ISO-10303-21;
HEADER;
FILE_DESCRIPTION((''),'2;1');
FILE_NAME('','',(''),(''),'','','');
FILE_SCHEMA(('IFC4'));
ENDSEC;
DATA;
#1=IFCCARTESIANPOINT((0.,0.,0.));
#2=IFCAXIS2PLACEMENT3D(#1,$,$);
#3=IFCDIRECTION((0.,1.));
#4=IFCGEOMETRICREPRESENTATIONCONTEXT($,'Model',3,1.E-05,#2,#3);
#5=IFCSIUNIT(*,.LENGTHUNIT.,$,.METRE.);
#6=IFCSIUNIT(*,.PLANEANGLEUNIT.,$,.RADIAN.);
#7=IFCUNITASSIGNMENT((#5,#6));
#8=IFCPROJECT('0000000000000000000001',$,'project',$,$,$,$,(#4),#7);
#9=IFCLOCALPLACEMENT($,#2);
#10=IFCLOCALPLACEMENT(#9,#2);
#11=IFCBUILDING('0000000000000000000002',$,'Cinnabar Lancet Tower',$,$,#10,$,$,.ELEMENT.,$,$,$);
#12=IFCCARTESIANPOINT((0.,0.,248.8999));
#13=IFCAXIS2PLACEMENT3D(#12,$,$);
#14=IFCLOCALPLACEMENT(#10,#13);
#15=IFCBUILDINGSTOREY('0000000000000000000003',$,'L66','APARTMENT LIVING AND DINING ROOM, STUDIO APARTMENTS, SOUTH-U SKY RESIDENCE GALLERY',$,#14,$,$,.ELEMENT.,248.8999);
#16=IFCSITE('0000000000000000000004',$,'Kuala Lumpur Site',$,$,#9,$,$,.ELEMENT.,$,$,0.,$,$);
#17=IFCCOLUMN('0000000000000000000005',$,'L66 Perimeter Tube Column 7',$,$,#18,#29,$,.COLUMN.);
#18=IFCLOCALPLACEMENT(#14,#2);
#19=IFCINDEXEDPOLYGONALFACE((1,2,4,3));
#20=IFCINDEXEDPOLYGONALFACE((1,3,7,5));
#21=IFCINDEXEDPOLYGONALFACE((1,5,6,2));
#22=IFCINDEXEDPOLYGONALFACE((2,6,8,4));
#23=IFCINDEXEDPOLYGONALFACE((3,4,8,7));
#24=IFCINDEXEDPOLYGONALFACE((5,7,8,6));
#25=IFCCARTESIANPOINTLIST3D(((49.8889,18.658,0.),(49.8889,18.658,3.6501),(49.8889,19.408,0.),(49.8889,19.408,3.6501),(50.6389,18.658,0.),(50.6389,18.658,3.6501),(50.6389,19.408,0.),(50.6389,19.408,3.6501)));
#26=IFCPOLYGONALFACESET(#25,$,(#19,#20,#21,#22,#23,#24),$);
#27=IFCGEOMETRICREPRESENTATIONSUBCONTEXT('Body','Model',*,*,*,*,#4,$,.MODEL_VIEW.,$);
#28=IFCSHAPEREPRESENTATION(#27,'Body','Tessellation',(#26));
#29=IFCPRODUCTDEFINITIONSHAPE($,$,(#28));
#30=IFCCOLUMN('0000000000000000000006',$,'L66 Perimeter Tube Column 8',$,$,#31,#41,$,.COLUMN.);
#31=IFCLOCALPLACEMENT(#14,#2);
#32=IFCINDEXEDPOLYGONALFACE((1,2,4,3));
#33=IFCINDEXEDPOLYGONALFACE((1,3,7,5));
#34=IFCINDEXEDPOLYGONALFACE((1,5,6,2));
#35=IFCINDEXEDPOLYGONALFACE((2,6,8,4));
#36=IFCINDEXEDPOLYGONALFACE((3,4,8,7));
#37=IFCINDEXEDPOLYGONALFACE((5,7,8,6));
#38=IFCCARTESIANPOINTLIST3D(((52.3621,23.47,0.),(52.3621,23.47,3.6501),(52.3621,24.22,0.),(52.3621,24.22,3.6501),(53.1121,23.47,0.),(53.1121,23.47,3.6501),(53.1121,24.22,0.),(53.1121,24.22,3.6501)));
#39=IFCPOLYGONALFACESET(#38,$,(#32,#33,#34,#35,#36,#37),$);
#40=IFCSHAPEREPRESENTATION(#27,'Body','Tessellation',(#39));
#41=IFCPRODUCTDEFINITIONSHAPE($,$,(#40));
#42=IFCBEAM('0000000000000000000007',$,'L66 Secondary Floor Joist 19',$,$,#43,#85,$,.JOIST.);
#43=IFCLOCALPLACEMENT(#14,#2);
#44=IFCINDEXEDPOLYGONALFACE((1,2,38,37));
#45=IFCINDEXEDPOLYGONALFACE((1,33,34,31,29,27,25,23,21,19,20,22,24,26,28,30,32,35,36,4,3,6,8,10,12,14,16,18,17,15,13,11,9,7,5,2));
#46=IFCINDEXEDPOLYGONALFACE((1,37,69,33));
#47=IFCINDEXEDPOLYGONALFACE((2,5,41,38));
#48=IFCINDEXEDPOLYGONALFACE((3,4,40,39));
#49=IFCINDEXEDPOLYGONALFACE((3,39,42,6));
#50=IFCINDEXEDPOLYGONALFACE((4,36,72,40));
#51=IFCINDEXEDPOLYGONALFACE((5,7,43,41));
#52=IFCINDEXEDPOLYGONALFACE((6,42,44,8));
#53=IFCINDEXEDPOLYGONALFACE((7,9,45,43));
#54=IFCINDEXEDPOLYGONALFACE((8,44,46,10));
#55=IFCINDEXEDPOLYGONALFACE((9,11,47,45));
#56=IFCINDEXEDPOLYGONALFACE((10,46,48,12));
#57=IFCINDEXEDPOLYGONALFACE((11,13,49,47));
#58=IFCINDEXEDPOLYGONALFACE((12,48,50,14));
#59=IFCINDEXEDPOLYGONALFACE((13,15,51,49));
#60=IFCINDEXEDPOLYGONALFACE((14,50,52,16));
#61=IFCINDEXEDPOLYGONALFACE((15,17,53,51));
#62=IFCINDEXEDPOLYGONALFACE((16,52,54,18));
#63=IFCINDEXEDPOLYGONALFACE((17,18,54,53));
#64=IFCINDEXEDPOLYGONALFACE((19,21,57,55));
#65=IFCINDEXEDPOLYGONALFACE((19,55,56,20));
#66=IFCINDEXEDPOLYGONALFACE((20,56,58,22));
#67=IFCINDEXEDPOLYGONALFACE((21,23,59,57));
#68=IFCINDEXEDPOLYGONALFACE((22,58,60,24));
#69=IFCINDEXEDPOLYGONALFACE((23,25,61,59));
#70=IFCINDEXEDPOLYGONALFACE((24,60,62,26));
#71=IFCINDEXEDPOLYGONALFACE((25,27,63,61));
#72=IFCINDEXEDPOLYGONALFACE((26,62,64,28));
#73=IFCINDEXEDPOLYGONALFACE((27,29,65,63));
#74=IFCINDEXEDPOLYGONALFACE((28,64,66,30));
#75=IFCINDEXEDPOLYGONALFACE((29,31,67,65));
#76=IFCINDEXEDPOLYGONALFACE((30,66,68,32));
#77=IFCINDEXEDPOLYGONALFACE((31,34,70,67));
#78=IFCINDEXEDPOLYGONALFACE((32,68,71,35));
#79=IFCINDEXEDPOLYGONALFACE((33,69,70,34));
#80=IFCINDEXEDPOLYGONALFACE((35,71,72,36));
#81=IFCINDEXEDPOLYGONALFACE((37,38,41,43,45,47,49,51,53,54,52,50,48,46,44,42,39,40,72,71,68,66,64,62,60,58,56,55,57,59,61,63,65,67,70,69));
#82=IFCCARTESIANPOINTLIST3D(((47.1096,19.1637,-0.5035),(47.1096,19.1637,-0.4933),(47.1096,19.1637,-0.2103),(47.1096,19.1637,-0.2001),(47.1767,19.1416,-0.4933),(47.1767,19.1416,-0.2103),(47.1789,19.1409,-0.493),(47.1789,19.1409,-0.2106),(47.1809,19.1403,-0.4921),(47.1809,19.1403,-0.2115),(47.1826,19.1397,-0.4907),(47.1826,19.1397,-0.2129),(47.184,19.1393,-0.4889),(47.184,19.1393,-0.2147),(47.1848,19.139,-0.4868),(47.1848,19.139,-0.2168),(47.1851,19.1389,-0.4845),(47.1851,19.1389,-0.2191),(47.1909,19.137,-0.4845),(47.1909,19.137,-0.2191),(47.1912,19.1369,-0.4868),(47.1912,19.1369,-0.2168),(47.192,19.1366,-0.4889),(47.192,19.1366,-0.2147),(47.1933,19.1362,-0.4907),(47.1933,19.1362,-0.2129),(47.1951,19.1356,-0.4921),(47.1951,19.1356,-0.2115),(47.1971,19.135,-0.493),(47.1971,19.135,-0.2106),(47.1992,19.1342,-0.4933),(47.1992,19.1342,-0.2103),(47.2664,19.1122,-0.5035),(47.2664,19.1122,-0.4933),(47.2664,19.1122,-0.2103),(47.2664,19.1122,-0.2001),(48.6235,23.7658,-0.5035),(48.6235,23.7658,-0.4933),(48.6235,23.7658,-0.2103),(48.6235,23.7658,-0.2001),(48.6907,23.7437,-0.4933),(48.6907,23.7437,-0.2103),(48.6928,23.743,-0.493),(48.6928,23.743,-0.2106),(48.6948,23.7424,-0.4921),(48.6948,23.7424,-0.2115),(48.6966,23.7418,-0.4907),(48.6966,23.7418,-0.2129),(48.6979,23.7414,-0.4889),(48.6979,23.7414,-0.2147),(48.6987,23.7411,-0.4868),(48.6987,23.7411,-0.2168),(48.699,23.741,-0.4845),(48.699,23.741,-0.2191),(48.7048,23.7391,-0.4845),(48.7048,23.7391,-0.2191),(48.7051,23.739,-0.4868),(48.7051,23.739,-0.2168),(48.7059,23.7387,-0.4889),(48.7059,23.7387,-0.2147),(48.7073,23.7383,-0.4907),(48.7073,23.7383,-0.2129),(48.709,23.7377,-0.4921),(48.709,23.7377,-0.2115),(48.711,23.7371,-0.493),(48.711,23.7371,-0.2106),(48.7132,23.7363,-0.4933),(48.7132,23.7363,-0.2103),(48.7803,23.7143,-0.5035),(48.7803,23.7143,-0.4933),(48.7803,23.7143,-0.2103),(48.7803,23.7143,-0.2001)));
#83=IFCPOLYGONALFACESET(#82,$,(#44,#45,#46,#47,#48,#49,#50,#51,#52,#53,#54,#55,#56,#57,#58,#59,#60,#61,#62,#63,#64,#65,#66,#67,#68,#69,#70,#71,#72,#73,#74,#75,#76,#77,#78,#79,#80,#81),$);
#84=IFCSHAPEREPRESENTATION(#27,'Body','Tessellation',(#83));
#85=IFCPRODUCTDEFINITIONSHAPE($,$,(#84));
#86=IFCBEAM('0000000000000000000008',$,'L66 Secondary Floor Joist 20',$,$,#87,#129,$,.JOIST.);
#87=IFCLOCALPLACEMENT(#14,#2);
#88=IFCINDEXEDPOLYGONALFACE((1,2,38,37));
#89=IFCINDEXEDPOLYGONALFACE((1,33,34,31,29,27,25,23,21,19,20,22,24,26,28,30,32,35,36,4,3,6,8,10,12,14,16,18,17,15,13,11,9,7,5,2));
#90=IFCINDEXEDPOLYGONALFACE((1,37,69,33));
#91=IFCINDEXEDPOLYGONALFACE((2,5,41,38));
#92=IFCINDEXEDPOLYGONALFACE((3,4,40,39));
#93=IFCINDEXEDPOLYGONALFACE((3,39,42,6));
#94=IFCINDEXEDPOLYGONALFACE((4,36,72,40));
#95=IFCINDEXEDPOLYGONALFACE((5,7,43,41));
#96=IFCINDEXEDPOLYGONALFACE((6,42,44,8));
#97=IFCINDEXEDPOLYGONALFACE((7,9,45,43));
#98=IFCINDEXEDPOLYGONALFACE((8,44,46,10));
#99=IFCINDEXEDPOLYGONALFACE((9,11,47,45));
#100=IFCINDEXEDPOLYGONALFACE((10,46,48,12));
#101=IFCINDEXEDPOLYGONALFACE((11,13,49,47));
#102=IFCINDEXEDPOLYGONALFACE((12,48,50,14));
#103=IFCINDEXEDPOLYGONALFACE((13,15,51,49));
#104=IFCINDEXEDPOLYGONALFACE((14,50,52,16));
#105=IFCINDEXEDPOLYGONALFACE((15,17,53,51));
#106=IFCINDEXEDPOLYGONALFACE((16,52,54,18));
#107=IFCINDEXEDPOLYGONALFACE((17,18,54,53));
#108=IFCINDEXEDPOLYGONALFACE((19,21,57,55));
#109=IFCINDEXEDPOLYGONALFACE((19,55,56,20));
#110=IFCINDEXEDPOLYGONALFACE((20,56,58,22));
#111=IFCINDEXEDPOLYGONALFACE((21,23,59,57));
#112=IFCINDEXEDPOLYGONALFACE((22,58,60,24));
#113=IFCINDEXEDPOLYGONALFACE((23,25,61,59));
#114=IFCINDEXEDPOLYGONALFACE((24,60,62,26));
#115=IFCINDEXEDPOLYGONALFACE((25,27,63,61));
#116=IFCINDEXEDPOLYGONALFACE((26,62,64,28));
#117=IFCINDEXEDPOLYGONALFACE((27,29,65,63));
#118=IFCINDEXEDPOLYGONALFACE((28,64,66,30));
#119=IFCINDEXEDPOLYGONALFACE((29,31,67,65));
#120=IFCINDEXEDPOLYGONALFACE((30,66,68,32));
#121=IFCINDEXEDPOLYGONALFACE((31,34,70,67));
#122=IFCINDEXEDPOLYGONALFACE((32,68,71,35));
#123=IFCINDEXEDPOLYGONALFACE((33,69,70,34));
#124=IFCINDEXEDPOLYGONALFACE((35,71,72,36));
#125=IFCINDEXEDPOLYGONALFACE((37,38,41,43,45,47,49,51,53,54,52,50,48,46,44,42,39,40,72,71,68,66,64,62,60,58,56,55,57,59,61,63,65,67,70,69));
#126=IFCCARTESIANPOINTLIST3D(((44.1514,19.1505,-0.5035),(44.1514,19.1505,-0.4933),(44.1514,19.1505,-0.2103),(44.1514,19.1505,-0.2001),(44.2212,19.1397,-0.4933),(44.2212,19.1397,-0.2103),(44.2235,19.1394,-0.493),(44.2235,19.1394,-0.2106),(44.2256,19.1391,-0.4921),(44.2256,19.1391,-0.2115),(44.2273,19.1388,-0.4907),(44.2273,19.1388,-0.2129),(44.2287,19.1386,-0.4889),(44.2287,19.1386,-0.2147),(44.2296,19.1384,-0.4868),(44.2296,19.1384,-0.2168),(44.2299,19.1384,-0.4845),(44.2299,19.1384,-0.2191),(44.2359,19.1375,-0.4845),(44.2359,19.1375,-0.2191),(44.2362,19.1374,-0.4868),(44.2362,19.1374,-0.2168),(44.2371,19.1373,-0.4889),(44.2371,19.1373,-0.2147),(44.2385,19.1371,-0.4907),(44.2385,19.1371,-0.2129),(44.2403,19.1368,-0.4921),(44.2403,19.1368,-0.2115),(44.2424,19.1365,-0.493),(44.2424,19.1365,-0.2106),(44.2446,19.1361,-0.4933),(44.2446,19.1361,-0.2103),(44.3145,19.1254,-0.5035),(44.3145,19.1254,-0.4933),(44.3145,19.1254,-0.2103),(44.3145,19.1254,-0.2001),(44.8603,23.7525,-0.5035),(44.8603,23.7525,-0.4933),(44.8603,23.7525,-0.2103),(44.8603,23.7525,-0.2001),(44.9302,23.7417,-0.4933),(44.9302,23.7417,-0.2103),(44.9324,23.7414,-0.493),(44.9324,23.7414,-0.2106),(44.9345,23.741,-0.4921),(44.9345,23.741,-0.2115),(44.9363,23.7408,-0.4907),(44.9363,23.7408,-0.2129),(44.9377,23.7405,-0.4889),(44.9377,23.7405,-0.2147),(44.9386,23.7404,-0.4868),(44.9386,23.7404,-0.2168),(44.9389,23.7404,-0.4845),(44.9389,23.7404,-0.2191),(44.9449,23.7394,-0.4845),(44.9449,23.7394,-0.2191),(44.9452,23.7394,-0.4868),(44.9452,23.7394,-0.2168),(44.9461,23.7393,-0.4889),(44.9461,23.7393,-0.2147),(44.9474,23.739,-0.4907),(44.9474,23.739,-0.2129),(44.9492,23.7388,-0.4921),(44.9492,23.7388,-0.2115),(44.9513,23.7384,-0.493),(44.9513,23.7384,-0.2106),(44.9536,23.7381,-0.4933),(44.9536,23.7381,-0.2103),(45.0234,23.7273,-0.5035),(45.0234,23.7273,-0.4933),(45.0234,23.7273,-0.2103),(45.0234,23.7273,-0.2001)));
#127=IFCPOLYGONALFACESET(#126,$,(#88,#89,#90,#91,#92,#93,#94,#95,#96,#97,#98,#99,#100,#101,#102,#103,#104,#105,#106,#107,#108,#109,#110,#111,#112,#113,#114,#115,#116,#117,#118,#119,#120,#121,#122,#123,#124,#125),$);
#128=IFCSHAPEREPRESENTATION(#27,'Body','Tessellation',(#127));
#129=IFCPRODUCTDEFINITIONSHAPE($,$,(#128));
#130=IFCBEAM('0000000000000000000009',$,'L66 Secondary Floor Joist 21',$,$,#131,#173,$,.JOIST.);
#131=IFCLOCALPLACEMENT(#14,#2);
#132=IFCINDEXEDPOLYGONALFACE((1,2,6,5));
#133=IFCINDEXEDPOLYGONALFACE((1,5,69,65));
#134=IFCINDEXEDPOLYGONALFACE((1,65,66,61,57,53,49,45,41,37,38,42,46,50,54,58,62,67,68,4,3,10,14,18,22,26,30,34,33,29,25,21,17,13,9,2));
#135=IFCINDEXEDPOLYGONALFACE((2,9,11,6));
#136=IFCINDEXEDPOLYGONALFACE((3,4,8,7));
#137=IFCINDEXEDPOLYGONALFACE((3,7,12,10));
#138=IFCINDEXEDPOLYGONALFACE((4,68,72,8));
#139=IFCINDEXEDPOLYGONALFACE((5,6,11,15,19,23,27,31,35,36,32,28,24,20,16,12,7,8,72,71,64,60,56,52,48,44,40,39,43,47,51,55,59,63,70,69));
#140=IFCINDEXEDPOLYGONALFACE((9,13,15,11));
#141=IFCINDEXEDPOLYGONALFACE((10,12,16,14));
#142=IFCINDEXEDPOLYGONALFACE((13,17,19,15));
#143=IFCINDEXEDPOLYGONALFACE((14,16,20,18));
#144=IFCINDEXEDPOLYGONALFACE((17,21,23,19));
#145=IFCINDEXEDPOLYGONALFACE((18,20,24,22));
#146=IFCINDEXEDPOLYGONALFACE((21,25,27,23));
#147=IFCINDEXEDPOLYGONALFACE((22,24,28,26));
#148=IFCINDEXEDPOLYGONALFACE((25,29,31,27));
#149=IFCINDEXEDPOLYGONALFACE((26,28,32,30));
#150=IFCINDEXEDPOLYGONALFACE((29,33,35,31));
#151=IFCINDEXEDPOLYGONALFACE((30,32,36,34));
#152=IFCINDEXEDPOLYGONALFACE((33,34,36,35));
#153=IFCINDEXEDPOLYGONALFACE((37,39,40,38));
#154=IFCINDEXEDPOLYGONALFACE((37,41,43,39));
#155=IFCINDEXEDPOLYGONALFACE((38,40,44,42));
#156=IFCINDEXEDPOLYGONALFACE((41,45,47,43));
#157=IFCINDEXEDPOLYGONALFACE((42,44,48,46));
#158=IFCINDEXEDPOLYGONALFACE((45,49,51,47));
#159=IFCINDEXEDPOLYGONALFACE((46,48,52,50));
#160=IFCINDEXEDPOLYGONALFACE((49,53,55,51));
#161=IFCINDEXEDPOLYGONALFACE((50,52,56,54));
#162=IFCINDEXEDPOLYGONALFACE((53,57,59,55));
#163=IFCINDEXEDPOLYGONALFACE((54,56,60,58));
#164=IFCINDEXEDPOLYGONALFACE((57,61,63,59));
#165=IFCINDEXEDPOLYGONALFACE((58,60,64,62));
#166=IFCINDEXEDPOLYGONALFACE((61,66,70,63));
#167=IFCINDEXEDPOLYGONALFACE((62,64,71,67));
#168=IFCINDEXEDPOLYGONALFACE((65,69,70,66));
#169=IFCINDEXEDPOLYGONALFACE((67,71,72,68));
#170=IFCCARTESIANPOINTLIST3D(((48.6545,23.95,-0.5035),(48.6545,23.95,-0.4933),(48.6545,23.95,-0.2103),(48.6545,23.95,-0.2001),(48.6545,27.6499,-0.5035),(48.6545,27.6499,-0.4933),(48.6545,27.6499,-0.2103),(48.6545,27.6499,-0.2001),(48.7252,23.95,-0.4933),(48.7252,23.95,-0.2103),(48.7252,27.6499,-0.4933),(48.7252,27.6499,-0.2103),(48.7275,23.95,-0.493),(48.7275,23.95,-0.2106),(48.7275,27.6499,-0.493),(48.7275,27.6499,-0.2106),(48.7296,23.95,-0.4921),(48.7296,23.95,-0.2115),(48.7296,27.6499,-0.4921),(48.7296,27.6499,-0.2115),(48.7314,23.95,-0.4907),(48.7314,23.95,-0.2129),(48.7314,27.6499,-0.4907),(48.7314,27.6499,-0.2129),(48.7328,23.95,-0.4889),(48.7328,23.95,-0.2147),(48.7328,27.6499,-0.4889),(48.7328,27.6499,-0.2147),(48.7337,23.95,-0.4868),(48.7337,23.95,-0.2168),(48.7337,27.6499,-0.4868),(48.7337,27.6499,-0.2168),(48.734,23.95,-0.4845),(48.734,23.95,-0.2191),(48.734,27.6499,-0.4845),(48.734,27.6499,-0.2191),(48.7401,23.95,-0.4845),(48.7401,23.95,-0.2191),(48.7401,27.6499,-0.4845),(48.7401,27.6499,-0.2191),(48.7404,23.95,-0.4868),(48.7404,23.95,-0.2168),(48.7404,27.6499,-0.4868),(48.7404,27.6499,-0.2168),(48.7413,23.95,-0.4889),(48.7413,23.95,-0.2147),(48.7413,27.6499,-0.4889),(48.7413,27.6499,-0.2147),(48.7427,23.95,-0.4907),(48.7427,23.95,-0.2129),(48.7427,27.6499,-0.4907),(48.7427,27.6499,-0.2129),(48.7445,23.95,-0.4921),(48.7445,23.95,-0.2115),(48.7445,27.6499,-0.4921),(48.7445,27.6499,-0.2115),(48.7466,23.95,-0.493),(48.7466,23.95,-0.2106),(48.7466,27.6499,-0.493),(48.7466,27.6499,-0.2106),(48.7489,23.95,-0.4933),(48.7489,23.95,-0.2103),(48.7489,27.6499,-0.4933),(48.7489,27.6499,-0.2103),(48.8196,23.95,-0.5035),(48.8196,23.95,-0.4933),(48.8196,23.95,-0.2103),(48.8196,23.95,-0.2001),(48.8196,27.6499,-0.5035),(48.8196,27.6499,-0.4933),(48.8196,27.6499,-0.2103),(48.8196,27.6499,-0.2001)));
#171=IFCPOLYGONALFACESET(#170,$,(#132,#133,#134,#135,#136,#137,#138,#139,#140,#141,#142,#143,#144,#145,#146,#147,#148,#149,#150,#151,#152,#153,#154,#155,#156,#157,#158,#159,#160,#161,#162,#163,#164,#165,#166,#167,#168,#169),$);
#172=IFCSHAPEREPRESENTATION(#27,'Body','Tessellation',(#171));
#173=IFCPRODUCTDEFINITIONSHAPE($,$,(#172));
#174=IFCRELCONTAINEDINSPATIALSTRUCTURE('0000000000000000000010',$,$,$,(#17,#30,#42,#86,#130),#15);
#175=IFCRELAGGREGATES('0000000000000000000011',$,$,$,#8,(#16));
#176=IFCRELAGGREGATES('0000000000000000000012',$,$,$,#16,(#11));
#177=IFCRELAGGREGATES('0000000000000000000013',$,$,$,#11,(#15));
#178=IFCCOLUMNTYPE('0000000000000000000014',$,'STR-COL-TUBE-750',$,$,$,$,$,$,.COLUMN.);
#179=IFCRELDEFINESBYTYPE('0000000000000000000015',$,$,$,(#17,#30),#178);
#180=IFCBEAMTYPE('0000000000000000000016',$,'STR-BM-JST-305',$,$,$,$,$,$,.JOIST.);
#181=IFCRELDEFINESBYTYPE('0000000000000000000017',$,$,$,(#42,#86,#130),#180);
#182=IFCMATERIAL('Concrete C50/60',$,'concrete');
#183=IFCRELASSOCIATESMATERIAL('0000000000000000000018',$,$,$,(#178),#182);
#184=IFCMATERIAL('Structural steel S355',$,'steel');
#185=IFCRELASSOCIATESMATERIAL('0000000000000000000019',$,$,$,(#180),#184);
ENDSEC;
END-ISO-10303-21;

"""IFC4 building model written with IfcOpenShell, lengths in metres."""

from ifc_helpers import new_model, si_unit, direction, frame, origin, origin_2d, place, context, subcontext, project, spatial, rectangle, i_section, extrude, material, material_profile, profile_set, type_object, element, save


model = new_model("IFC4")

# Units and contexts
model_context = context("Model", 3, precision=1e-05, world=origin(), true_north=direction((0.0, 1.0)))
body_context = subcontext(model_context, "Body", "Model", "MODEL_VIEW")
ifc_project = project(units=[si_unit("LENGTHUNIT", "METRE"), si_unit("PLANEANGLEUNIT", "RADIAN")], contexts=[model_context])

# Site, building, storey
site_placement = place(None, origin())
site = spatial("IfcSite", under=ifc_project, at=site_placement, Name="Kuala Lumpur Site", CompositionType="ELEMENT", RefElevation=0.0)
building_placement = place(site_placement, origin())
building = spatial("IfcBuilding", under=site, at=building_placement, Name="Cinnabar Lancet Tower", CompositionType="ELEMENT")
storey_placement = place(building_placement, frame((0.0, 0.0, 248.8999)))
storey = spatial("IfcBuildingStorey", under=building, at=storey_placement, Name="L66", Description="APARTMENT LIVING AND DINING ROOM, STUDIO APARTMENTS, SOUTH-U SKY RESIDENCE GALLERY", CompositionType="ELEMENT", Elevation=248.8999)

# Columns
ifc_material_1 = material(Name="Concrete C50/60", Category="concrete")
ifc_material_profile_1 = material_profile(ifc_material_1, rectangle(XDim=0.75, YDim=0.75, at=origin_2d()), Name="RC-COL 750x750")
ifc_profile_set_1 = profile_set([ifc_material_profile_1], Name="Concrete C50/60")
column_type = type_object("IfcColumnType", Name="STR-COL-TUBE-750", PredefinedType="COLUMN", material=ifc_profile_set_1)
for number, where, z_axis, x_axis, name in (
    (1, (50.2639, 19.033, 0.0), (0.0, 0.0, 1.0), (1.0, 0.0, 0.0), "L66 Perimeter Tube Column 7"),
    (2, (52.7371, 23.845, 0.0), (0.0, 0.0, 1.0), (1.0, 0.0, 0.0), "L66 Perimeter Tube Column 8"),
):
    element("IfcColumn", number, at=place(storey_placement, frame(where, z_axis=z_axis, x_axis=x_axis)), inside=storey, type_object=column_type, Name=name, PredefinedType="COLUMN", context=body_context, shape_type="SweptSolid", body=[
        extrude(rectangle(XDim=0.75, YDim=0.75, at=origin_2d()), origin(), (0.0, 0.0, 1.0), 3.6501),
    ])

# Beams
ifc_material_2 = material(Name="Structural steel S355", Category="steel")
ifc_material_profile_2 = material_profile(ifc_material_2, i_section(OverallWidth=0.165, OverallDepth=0.3035, WebThickness=0.0061, FlangeThickness=0.0103, FilletRadius=0.0088, at=origin_2d()), Name="UKB 305x165x40")
ifc_profile_set_2 = profile_set([ifc_material_profile_2], Name="Structural steel S355")
beam_type_1 = type_object("IfcBeamType", Name="STR-BM-JST-305", PredefinedType="JOIST", material=ifc_profile_set_2)
beam_1_placement = place(storey_placement, frame((47.188, 19.1379, -0.3518), z_axis=(0.312491, 0.949921, 0.0), x_axis=(-0.949921, 0.312491, 0.0)))
element("IfcBeam", 3, at=beam_1_placement, inside=storey, type_object=beam_type_1, Name="L66 Secondary Floor Joist 19", PredefinedType="JOIST", context=body_context, shape_type="SweptSolid", body=[
    extrude(i_section(OverallWidth=0.165, OverallDepth=0.3035, WebThickness=0.0061, FlangeThickness=0.0103, FilletRadius=0.0088, at=origin_2d()), origin(), (0.0, 0.0, 1.0), 4.8447),
])
beam_2_placement = place(storey_placement, frame((44.2329, 19.1379, -0.3518), z_axis=(0.152262, 0.98834, 0.0), x_axis=(-0.98834, 0.152262, 0.0)))
element("IfcBeam", 4, at=beam_2_placement, inside=storey, type_object=beam_type_1, Name="L66 Secondary Floor Joist 20", PredefinedType="JOIST", context=body_context, shape_type="SweptSolid", body=[
    extrude(i_section(OverallWidth=0.165, OverallDepth=0.3035, WebThickness=0.0061, FlangeThickness=0.0103, FilletRadius=0.0088, at=origin_2d()), origin(), (0.0, 0.0, 1.0), 4.6562),
])
for number, where, z_axis, x_axis, name in (
    (5, (48.7371, 23.95, -0.3518), (0.0, 1.0, 0.0), (-1.0, 0.0, 0.0), "L66 Secondary Floor Joist 21"),
):
    element("IfcBeam", number, at=place(storey_placement, frame(where, z_axis=z_axis, x_axis=x_axis)), inside=storey, type_object=beam_type_1, Name=name, PredefinedType="JOIST", context=body_context, shape_type="SweptSolid", body=[
        extrude(i_section(OverallWidth=0.165, OverallDepth=0.3035, WebThickness=0.0061, FlangeThickness=0.0103, FilletRadius=0.0088, at=origin_2d()), origin(), (0.0, 0.0, 1.0), 3.7),
    ])

save(model, "model.ifc")
